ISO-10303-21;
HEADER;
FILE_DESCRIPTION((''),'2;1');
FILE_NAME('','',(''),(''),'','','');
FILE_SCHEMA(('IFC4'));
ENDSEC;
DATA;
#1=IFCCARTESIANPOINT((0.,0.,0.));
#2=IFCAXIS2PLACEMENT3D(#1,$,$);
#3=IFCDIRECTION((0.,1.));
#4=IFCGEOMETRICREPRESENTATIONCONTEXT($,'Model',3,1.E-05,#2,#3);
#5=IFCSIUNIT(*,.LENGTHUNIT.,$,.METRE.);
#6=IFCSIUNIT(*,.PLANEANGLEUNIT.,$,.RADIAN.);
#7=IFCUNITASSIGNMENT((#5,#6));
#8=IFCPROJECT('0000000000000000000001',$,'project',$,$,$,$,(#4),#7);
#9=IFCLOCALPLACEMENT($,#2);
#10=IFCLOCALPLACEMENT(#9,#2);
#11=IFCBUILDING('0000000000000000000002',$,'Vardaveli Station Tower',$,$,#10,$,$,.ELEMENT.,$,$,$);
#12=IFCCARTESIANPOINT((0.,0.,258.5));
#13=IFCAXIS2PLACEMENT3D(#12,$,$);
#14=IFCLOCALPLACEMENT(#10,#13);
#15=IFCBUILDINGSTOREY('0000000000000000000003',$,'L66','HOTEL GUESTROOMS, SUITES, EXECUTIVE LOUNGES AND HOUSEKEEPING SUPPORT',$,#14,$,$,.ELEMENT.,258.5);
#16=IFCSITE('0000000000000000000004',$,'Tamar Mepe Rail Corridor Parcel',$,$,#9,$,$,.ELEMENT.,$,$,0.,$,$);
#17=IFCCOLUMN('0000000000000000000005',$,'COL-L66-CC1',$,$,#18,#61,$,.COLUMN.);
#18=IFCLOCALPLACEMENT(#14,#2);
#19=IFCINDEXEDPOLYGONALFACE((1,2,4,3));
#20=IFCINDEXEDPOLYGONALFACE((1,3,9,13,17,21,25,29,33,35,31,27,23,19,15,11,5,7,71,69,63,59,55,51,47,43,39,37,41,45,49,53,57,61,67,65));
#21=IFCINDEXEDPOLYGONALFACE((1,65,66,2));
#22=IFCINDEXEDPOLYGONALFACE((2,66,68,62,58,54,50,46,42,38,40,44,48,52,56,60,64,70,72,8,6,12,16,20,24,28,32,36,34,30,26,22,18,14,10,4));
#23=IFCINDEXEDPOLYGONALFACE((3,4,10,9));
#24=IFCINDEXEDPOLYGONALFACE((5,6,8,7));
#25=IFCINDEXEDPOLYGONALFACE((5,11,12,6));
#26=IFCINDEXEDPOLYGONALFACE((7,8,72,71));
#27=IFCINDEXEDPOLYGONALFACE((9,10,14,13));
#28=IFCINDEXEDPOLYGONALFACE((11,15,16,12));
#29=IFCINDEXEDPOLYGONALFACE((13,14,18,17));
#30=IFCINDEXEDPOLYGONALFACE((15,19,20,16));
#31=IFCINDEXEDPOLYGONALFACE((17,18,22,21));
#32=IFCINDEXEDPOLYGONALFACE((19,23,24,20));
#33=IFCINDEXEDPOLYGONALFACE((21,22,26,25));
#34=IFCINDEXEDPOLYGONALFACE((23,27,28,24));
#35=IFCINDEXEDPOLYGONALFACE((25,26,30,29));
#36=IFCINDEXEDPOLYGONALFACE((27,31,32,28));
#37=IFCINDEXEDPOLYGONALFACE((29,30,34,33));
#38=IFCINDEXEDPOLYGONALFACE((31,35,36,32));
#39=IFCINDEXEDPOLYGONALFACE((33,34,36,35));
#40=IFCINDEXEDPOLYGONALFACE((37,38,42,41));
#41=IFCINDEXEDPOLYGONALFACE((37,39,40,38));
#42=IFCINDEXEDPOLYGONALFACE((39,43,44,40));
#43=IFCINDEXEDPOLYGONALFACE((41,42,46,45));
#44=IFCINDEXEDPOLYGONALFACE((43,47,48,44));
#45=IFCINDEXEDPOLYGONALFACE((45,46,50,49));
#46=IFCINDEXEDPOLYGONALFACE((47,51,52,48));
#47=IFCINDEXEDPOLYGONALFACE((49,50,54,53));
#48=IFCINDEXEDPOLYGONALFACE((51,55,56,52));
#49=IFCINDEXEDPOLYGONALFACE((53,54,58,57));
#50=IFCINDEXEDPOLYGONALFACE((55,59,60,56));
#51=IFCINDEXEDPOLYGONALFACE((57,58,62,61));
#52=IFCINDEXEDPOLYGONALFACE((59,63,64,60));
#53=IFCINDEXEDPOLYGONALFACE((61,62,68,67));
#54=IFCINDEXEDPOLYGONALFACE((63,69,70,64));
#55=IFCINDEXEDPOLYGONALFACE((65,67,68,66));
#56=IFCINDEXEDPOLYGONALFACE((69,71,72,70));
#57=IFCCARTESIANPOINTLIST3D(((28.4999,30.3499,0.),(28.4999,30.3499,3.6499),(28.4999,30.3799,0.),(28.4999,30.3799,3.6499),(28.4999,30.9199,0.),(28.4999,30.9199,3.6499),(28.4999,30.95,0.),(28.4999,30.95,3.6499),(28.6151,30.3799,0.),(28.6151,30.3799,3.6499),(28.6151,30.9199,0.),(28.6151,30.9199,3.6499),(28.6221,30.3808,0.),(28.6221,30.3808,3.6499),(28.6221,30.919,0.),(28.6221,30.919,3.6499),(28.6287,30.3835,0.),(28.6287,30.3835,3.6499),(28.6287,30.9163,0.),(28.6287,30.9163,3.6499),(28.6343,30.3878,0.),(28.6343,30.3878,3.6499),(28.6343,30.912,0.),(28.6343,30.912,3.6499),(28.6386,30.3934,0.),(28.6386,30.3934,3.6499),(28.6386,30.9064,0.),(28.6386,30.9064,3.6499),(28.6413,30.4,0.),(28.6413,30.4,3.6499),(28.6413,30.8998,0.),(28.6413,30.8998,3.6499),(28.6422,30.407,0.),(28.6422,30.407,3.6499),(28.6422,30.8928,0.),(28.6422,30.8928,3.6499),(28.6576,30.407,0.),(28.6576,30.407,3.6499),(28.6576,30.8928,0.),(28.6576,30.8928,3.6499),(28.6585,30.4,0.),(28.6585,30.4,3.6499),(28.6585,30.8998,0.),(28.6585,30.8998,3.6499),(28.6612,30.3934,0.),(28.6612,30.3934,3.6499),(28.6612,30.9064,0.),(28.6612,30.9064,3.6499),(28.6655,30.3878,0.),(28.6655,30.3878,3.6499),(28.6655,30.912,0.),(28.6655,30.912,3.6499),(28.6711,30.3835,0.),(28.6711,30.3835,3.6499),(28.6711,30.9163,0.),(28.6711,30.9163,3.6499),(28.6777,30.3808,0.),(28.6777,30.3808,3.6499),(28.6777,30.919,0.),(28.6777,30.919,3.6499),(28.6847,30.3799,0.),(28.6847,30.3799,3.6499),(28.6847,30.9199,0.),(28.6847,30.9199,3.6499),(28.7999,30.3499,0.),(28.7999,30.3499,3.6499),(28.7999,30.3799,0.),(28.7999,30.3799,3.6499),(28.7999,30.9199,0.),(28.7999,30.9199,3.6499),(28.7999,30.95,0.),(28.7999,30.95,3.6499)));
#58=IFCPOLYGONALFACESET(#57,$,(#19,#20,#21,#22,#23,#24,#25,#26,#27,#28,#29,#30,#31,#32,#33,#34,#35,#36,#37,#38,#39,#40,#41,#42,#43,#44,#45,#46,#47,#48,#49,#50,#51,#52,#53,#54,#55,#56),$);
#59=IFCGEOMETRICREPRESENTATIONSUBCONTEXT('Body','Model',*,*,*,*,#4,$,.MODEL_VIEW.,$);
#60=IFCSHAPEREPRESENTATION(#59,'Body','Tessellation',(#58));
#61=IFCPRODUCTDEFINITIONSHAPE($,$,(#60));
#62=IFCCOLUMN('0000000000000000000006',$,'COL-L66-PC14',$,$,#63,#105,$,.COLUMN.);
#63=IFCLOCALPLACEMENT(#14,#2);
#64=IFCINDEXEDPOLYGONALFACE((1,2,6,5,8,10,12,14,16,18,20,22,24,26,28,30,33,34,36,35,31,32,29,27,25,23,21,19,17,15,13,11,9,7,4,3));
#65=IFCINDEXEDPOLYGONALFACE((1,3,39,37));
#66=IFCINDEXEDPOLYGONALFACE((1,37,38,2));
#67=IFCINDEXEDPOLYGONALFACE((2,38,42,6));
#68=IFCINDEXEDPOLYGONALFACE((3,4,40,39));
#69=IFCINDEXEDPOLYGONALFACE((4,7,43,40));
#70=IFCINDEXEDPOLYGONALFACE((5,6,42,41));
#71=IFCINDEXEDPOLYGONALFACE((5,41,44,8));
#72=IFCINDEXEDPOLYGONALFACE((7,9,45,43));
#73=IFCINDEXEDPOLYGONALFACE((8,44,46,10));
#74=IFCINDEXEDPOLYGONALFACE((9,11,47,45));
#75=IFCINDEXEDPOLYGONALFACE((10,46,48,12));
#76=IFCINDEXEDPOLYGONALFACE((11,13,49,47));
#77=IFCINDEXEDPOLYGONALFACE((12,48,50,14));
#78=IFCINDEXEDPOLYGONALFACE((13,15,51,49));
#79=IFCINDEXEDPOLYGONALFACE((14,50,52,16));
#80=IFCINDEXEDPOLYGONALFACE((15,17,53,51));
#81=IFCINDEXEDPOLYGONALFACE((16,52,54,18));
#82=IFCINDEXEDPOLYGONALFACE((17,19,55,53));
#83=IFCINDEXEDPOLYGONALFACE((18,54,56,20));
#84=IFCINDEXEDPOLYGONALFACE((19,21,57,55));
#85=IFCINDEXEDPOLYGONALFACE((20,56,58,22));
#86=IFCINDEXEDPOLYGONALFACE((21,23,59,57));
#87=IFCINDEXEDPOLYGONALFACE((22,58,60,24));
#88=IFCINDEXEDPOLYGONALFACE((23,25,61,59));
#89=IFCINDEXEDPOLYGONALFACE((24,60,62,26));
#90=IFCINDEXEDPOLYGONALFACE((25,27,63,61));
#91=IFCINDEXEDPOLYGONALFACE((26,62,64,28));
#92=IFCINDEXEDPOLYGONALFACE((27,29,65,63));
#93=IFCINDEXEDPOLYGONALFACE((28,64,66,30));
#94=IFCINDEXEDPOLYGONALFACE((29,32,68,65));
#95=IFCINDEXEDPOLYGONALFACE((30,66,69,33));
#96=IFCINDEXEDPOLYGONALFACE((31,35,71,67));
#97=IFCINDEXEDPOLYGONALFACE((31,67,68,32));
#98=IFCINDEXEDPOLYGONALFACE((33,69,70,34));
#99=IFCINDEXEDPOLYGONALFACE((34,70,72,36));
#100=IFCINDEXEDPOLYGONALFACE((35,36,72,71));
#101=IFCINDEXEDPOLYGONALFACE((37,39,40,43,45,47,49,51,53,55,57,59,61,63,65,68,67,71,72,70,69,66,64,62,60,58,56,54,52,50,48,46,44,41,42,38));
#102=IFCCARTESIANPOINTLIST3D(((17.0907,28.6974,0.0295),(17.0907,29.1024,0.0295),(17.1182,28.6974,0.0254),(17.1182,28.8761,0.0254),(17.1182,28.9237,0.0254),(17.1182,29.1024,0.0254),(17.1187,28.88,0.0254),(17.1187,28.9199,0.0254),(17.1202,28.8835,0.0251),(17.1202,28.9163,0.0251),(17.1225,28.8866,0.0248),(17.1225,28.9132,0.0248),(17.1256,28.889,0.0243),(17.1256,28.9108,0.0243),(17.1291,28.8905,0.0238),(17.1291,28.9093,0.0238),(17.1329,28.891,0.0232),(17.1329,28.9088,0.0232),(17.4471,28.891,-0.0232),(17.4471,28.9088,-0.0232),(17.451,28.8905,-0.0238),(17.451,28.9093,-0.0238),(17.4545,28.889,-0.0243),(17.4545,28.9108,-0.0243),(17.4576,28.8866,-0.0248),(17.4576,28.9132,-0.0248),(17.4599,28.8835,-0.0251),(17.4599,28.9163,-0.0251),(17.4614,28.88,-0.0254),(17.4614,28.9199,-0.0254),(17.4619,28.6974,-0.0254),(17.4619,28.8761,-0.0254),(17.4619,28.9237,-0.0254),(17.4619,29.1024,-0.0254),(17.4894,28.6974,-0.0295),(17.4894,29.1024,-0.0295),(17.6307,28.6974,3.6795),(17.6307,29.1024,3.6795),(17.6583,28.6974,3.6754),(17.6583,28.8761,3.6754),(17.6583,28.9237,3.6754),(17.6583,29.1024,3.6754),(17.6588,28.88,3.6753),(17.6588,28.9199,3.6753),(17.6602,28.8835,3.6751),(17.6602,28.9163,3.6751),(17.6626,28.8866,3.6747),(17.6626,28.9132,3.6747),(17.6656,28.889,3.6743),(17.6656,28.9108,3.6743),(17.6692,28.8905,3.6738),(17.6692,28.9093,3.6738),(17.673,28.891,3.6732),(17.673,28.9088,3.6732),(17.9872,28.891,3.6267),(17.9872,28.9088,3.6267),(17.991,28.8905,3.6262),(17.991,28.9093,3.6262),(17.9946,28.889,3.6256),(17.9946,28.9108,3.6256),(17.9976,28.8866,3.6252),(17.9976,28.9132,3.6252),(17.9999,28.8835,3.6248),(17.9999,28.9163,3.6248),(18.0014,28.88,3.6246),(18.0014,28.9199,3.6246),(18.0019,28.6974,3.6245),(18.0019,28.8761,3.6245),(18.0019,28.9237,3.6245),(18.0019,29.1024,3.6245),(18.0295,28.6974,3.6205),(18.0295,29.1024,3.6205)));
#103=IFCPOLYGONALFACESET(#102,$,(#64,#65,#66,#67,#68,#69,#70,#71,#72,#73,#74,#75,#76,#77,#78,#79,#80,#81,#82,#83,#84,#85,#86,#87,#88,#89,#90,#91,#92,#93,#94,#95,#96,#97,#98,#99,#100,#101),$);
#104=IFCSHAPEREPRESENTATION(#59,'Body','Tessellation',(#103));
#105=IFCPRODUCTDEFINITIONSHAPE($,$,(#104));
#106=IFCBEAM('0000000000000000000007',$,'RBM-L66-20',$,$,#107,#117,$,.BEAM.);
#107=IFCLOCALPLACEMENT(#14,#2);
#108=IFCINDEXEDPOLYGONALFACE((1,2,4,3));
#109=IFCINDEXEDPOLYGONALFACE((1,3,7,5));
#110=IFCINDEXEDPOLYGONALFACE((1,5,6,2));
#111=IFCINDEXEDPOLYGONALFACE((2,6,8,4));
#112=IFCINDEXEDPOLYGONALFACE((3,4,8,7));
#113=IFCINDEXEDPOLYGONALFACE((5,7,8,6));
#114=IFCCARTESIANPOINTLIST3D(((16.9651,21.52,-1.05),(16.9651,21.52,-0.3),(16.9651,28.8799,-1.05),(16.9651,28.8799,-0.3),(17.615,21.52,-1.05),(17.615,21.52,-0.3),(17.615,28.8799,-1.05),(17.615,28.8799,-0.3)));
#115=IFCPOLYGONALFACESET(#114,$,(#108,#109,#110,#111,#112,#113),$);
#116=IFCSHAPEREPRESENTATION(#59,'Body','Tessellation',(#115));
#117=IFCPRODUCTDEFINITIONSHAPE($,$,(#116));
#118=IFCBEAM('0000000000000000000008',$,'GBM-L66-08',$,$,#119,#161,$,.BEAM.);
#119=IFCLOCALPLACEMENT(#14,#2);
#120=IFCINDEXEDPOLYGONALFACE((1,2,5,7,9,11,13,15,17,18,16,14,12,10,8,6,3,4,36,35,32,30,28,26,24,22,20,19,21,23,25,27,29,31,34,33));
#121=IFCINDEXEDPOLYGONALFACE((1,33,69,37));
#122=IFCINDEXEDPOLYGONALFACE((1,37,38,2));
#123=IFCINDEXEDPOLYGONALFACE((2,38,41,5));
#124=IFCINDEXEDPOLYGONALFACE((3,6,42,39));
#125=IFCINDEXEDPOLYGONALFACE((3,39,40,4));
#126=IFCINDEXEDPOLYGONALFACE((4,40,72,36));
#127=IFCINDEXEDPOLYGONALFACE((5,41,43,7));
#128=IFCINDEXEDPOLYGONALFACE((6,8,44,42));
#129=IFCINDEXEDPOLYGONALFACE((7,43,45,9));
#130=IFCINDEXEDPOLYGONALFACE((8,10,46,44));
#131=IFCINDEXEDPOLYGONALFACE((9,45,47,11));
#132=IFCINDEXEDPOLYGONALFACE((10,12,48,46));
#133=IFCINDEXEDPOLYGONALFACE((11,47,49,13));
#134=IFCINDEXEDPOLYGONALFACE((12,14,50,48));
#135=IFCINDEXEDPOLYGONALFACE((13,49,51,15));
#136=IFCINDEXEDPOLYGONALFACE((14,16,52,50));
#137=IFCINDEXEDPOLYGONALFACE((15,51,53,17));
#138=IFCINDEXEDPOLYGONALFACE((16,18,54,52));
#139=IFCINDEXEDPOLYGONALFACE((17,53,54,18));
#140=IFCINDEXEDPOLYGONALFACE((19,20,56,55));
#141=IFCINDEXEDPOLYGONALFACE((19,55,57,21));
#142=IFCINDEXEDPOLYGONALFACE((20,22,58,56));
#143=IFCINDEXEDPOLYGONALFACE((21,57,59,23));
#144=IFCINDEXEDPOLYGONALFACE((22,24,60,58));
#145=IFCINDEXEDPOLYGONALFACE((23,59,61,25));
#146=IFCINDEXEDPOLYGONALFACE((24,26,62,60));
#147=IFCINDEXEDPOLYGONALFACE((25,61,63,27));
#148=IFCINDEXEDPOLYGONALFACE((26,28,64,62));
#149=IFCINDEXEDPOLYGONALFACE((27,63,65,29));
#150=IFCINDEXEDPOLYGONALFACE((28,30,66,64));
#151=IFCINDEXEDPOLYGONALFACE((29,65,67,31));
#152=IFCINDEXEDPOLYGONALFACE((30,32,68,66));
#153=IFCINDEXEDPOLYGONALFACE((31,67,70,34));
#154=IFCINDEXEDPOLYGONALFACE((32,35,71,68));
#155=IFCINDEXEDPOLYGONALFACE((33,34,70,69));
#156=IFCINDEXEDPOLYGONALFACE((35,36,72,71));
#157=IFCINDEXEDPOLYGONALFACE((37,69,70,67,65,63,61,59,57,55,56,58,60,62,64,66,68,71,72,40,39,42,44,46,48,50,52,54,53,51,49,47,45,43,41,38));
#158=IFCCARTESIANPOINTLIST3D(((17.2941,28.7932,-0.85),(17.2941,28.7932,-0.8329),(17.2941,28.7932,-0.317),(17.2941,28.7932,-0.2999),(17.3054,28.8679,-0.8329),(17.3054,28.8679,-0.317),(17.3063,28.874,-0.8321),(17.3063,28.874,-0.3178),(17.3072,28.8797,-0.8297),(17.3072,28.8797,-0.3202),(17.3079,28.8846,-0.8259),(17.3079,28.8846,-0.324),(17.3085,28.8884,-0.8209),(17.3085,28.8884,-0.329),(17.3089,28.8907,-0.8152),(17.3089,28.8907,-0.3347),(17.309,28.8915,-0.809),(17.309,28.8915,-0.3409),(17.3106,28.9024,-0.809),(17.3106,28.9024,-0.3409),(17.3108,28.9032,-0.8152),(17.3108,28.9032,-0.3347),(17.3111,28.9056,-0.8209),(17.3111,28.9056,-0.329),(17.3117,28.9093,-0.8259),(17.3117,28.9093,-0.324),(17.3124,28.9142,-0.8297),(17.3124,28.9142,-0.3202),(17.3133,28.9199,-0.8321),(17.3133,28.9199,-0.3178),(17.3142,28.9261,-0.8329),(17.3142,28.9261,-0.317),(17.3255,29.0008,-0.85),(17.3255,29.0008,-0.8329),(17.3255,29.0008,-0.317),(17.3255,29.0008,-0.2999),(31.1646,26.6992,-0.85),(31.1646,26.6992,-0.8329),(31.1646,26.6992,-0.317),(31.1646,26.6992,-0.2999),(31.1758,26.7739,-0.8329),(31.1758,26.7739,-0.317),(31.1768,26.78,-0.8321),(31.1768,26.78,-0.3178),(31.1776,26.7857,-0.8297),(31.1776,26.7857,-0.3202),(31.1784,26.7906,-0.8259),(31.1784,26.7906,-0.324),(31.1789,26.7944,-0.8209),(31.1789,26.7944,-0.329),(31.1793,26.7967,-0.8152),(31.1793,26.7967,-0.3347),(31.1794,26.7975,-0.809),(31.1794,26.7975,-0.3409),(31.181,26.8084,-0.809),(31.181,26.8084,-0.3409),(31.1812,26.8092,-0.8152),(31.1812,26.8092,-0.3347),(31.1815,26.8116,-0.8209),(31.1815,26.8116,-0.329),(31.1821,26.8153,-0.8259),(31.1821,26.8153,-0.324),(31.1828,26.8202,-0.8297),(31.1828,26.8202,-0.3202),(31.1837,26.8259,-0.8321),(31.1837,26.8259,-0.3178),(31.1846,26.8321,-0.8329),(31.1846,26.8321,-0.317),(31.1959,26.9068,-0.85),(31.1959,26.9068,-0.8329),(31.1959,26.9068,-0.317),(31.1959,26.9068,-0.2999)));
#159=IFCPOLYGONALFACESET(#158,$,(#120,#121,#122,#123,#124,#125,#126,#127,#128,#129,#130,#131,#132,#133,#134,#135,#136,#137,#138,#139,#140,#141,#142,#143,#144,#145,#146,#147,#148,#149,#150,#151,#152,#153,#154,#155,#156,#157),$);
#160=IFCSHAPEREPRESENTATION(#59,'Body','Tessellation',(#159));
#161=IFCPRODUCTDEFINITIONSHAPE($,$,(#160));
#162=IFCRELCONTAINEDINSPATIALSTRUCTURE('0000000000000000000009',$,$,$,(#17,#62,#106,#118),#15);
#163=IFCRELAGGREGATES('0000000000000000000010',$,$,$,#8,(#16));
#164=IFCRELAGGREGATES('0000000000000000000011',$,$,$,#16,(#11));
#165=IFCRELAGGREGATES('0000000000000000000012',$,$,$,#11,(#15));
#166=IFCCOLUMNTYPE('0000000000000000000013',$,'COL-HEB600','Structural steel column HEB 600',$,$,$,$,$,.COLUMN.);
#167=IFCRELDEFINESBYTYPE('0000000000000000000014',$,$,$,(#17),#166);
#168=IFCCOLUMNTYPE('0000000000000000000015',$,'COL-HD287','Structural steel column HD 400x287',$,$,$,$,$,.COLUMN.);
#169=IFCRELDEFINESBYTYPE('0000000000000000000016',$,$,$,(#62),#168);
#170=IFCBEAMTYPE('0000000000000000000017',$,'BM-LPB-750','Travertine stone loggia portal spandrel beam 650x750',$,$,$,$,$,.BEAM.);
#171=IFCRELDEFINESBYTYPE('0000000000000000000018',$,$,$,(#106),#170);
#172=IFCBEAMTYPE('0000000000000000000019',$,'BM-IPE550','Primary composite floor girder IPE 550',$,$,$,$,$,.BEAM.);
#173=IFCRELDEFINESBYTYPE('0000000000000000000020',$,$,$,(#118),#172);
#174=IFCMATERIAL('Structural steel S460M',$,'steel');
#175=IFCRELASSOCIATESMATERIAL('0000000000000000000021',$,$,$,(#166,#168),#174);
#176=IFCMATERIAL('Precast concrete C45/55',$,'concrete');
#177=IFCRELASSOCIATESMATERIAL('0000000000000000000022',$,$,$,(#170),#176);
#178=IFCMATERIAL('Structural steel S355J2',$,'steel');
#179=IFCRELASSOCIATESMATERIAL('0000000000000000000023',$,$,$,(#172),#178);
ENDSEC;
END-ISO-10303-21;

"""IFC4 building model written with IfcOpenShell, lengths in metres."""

from ifc_helpers import new_model, si_unit, direction, frame, origin, origin_2d, place, context, subcontext, project, spatial, rectangle, i_section, extrude, source, transform, mapped, material, material_profile, profile_set, type_object, element, save


model = new_model("IFC4")

# Units and contexts
model_context = context("Model", 3, precision=1e-05, world=origin(), true_north=direction((0.0, 1.0)))
body_context = subcontext(model_context, "Body", "Model", "MODEL_VIEW")
ifc_project = project(units=[si_unit("LENGTHUNIT", "METRE"), si_unit("PLANEANGLEUNIT", "RADIAN")], contexts=[model_context])

# Site, building, storey
site_placement = place(None, origin())
site = spatial("IfcSite", under=ifc_project, at=site_placement, Name="Tamar Mepe Rail Corridor Parcel", CompositionType="ELEMENT", RefElevation=0.0)
building_placement = place(site_placement, origin())
building = spatial("IfcBuilding", under=site, at=building_placement, Name="Vardaveli Station Tower", CompositionType="ELEMENT")
storey_placement = place(building_placement, frame((0.0, 0.0, 258.5)))
storey = spatial("IfcBuildingStorey", under=building, at=storey_placement, Name="L66", Description="HOTEL GUESTROOMS, SUITES, EXECUTIVE LOUNGES AND HOUSEKEEPING SUPPORT", CompositionType="ELEMENT", Elevation=258.5)

# Columns
ifc_material_1 = material(Name="Structural steel S460M", Category="steel")
ifc_material_profile_1 = material_profile(ifc_material_1, i_section(OverallWidth=0.3, OverallDepth=0.6001, WebThickness=0.0154, FlangeThickness=0.03, FilletRadius=0.0271, at=origin_2d()), Name="HEB 600")
ifc_profile_set_1 = profile_set([ifc_material_profile_1], Name="Structural steel S460M")
column_type_1 = type_object("IfcColumnType", Name="COL-HEB600", Description="Structural steel column HEB 600", PredefinedType="COLUMN", material=ifc_profile_set_1)
shared_shape_1 = source(origin(), body_context, "Body", "SweptSolid", [
    extrude(i_section(OverallWidth=0.3, OverallDepth=0.6001, WebThickness=0.0154, FlangeThickness=0.03, FilletRadius=0.0271, at=origin_2d()), origin(), (0.0, 0.0, 1.0), 3.6499),
])
column_1_placement = place(storey_placement, frame((28.6499, 30.6499, 0.0), z_axis=(0.0, 0.0, 1.0), x_axis=(1.0, 0.0, 0.0)))
element("IfcColumn", 1, at=column_1_placement, inside=storey, type_object=column_type_1, Name="COL-L66-CC1", PredefinedType="COLUMN", context=body_context, shape_type="MappedRepresentation", body=[
    mapped(shared_shape_1, transform((0.0, 0.0, 0.0), scale=1.0)),
])
ifc_material_profile_2 = material_profile(ifc_material_1, i_section(OverallWidth=0.405, OverallDepth=0.4031, WebThickness=0.0178, FlangeThickness=0.0278, FilletRadius=0.0149, at=origin_2d()), Name="HD 400x287")
ifc_profile_set_2 = profile_set([ifc_material_profile_2], Name="Structural steel S460M")
column_type_2 = type_object("IfcColumnType", Name="COL-HD287", Description="Structural steel column HD 400x287", PredefinedType="COLUMN", material=ifc_profile_set_2)
shared_shape_2 = source(origin(), body_context, "Body", "SweptSolid", [
    extrude(i_section(OverallWidth=0.405, OverallDepth=0.4031, WebThickness=0.0178, FlangeThickness=0.0278, FilletRadius=0.0149, at=origin_2d()), origin(), (0.0, 0.0, 1.0), 3.6897),
])
column_2_placement = place(storey_placement, frame((17.29, 28.8999, 0.0), z_axis=(0.146366, 0.0, 0.98923), x_axis=(0.0, 1.0, 0.0)))
element("IfcColumn", 2, at=column_2_placement, inside=storey, type_object=column_type_2, Name="COL-L66-PC14", PredefinedType="COLUMN", context=body_context, shape_type="MappedRepresentation", body=[
    mapped(shared_shape_2, transform((0.0, 0.0, 0.0), scale=1.0)),
])

# Beams
ifc_material_2 = material(Name="Precast concrete C45/55", Category="concrete")
ifc_material_profile_3 = material_profile(ifc_material_2, rectangle(XDim=0.6499, YDim=0.75, at=origin_2d()), Name="LPB 650x750")
ifc_profile_set_3 = profile_set([ifc_material_profile_3], Name="Precast concrete C45/55")
beam_type_1 = type_object("IfcBeamType", Name="BM-LPB-750", Description="Travertine stone loggia portal spandrel beam 650x750", PredefinedType="BEAM", material=ifc_profile_set_3)
shared_shape_3 = source(origin(), body_context, "Body", "SweptSolid", [
    extrude(rectangle(XDim=0.6499, YDim=0.75, at=origin_2d()), origin(), (0.0, 0.0, 1.0), 7.3599),
])
beam_1_placement = place(storey_placement, frame((17.29, 28.8799, -0.675), z_axis=(0.0, -1.0, 0.0), x_axis=(1.0, 0.0, 0.0)))
element("IfcBeam", 3, at=beam_1_placement, inside=storey, type_object=beam_type_1, Name="RBM-L66-20", PredefinedType="BEAM", context=body_context, shape_type="MappedRepresentation", body=[
    mapped(shared_shape_3, transform((0.0, 0.0, 0.0), scale=1.0)),
])
ifc_material_3 = material(Name="Structural steel S355J2", Category="steel")
ifc_material_profile_4 = material_profile(ifc_material_3, i_section(OverallWidth=0.21, OverallDepth=0.55, WebThickness=0.011, FlangeThickness=0.0171, FilletRadius=0.0239, at=origin_2d()), Name="IPE 550")
ifc_profile_set_4 = profile_set([ifc_material_profile_4], Name="Structural steel S355J2")
beam_type_2 = type_object("IfcBeamType", Name="BM-IPE550", Description="Primary composite floor girder IPE 550", PredefinedType="BEAM", material=ifc_profile_set_4)
shared_shape_4 = source(origin(), body_context, "Body", "SweptSolid", [
    extrude(i_section(OverallWidth=0.21, OverallDepth=0.55, WebThickness=0.011, FlangeThickness=0.0171, FilletRadius=0.0239, at=origin_2d()), origin(), (0.0, 0.0, 1.0), 14.0276),
])
beam_2_placement = place(storey_placement, frame((17.3098, 28.897, -0.575), z_axis=(0.988795, -0.149277, 0.0), x_axis=(0.149277, 0.988795, 0.0)))
element("IfcBeam", 4, at=beam_2_placement, inside=storey, type_object=beam_type_2, Name="GBM-L66-08", PredefinedType="BEAM", context=body_context, shape_type="MappedRepresentation", body=[
    mapped(shared_shape_4, transform((0.0, 0.0, 0.0), scale=1.0)),
])

save(model, "model.ifc")
